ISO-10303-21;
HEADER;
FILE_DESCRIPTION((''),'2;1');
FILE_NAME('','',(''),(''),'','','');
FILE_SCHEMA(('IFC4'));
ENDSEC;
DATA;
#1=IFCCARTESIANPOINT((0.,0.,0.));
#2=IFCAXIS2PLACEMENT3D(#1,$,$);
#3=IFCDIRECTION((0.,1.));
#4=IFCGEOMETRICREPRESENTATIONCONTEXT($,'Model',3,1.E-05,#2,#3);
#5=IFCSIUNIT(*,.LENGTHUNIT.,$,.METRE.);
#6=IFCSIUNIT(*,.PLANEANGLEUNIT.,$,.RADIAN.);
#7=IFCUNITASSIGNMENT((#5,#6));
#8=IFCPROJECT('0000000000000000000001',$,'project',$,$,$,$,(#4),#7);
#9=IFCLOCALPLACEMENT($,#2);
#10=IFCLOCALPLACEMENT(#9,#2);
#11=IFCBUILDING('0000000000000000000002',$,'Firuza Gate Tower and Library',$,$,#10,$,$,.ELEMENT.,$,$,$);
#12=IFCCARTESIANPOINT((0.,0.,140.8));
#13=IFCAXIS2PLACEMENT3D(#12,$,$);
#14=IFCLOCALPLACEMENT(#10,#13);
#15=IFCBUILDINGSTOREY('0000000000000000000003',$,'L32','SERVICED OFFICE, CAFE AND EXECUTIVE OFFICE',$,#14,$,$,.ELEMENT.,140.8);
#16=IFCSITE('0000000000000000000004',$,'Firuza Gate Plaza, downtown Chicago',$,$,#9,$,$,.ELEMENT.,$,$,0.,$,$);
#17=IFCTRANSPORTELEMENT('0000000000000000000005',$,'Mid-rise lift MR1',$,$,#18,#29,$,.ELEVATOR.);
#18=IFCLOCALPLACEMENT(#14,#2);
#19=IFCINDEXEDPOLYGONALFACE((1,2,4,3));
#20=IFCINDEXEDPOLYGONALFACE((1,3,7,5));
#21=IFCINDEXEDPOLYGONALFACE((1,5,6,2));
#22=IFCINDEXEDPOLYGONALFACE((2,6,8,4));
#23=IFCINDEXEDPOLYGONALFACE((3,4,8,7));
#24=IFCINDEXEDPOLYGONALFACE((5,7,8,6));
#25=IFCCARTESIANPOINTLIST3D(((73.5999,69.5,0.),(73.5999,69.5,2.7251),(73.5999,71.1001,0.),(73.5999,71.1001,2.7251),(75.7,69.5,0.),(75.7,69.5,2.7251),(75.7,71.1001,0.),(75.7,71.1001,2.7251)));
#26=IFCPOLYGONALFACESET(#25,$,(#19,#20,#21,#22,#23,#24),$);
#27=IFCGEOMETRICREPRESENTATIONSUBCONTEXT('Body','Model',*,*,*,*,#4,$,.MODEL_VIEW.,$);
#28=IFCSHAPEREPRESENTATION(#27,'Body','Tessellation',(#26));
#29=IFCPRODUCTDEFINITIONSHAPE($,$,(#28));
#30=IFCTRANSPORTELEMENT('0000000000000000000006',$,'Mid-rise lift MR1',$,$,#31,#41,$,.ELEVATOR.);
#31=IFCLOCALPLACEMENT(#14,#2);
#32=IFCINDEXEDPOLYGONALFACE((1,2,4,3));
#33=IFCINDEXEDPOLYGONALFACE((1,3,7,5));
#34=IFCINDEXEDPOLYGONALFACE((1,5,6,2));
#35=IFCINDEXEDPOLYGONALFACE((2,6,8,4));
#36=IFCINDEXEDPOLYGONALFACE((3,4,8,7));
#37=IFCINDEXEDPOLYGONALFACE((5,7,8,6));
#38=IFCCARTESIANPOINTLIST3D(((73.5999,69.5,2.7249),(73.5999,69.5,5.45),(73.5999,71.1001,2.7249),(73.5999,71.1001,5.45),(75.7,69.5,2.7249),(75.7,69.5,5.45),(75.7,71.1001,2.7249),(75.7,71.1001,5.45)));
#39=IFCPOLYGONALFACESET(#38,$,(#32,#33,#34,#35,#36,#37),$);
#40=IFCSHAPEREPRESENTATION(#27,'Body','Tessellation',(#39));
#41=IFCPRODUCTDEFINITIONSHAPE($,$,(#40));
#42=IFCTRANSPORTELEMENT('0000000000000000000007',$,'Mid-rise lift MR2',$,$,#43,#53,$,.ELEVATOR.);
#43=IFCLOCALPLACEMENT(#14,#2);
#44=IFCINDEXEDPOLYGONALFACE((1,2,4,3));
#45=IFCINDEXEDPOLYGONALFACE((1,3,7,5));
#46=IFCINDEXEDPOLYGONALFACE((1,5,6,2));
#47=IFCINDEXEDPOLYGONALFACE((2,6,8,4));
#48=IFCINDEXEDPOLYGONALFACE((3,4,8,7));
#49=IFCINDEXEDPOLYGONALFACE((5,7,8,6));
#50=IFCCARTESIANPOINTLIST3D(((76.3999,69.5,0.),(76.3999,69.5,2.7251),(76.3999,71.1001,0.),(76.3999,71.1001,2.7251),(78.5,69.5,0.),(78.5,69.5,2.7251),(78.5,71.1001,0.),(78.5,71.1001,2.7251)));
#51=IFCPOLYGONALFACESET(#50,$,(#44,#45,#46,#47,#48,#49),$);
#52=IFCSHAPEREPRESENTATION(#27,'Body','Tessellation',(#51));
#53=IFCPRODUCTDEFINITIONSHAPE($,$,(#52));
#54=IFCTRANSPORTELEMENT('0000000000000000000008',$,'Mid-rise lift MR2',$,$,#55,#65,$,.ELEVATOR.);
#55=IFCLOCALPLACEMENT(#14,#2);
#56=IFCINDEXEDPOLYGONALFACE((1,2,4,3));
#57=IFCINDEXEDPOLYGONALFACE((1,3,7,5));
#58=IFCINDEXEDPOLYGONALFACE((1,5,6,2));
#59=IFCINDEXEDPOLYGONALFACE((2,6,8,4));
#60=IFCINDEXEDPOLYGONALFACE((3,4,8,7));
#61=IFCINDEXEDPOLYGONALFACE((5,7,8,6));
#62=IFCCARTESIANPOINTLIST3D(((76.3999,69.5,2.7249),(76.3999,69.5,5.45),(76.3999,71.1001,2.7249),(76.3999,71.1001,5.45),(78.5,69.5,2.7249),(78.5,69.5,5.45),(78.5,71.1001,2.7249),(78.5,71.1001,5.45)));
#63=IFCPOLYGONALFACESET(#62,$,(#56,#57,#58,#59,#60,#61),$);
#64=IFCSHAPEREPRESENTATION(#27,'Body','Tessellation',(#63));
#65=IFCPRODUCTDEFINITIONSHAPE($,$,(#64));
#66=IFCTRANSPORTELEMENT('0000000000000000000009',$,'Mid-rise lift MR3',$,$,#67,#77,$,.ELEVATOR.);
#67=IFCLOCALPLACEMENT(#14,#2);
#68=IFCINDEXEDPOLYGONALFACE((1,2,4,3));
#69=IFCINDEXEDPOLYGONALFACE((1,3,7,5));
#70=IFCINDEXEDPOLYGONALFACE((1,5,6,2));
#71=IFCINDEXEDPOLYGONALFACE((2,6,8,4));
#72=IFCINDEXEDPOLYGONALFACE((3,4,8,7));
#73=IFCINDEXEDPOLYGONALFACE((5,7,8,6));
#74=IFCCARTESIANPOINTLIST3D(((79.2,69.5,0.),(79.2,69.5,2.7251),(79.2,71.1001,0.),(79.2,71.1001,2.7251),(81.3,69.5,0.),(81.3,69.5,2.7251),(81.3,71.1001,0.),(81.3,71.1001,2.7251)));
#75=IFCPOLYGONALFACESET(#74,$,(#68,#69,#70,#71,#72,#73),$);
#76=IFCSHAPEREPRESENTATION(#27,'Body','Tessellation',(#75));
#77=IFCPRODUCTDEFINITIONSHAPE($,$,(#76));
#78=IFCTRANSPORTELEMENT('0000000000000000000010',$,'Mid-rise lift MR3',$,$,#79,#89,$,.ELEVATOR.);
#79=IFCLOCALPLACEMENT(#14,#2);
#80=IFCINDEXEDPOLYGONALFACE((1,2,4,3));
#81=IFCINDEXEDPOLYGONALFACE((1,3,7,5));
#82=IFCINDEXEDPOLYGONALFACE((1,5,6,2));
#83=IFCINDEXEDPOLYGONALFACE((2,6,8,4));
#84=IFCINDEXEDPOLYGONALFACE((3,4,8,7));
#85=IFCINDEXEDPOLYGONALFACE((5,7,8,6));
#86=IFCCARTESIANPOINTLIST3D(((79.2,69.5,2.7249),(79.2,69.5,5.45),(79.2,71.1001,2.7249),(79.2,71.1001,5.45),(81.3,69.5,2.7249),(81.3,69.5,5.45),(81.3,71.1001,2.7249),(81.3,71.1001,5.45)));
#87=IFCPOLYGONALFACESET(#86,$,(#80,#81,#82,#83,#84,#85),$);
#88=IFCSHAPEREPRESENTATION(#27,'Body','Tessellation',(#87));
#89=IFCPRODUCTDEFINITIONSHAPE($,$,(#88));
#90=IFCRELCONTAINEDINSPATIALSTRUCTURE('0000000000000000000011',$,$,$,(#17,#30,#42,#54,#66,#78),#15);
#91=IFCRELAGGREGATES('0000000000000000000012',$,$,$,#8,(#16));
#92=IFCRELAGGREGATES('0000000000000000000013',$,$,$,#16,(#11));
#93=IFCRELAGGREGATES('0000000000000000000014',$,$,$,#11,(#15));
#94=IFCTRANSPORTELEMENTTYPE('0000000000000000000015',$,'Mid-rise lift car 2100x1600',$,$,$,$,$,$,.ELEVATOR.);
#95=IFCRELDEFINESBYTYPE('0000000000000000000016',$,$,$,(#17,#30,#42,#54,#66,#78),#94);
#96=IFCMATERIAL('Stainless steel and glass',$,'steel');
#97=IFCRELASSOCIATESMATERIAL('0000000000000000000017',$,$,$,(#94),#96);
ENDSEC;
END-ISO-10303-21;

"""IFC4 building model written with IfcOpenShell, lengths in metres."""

from ifc_helpers import new_model, si_unit, direction, frame, origin, origin_2d, place, context, subcontext, project, spatial, rectangle, extrude, material, type_object, element, save


model = new_model("IFC4")

# Units and contexts
model_context = context("Model", 3, precision=1e-05, world=origin(), true_north=direction((0.0, 1.0)))
body_context = subcontext(model_context, "Body", "Model", "MODEL_VIEW")
ifc_project = project(units=[si_unit("LENGTHUNIT", "METRE"), si_unit("PLANEANGLEUNIT", "RADIAN")], contexts=[model_context])

# Site, building, storey
site_placement = place(None, origin())
site = spatial("IfcSite", under=ifc_project, at=site_placement, Name="Firuza Gate Plaza, downtown Chicago", CompositionType="ELEMENT", RefElevation=0.0)
building_placement = place(site_placement, origin())
building = spatial("IfcBuilding", under=site, at=building_placement, Name="Firuza Gate Tower and Library", CompositionType="ELEMENT")
storey_placement = place(building_placement, frame((0.0, 0.0, 140.8)))
storey = spatial("IfcBuildingStorey", under=building, at=storey_placement, Name="L32", Description="SERVICED OFFICE, CAFE AND EXECUTIVE OFFICE", CompositionType="ELEMENT", Elevation=140.8)

# Transport elements
ifc_material_1 = material(Name="Stainless steel and glass", Category="steel")
transport_element_type = type_object("IfcTransportElementType", Name="Mid-rise lift car 2100x1600", PredefinedType="ELEVATOR", material=ifc_material_1)
for number, where, z_axis, x_axis, name in (
    (1, (74.6499, 70.3, 0.0), (0.0, 0.0, 1.0), (1.0, 0.0, 0.0), "Mid-rise lift MR1"),
    (2, (74.6499, 70.3, 2.7249), (0.0, 0.0, 1.0), (1.0, 0.0, 0.0), "Mid-rise lift MR1"),
    (3, (77.45, 70.3, 0.0), (0.0, 0.0, 1.0), (1.0, 0.0, 0.0), "Mid-rise lift MR2"),
    (4, (77.45, 70.3, 2.7249), (0.0, 0.0, 1.0), (1.0, 0.0, 0.0), "Mid-rise lift MR2"),
    (5, (80.25, 70.3, 0.0), (0.0, 0.0, 1.0), (1.0, 0.0, 0.0), "Mid-rise lift MR3"),
    (6, (80.25, 70.3, 2.7249), (0.0, 0.0, 1.0), (1.0, 0.0, 0.0), "Mid-rise lift MR3"),
):
    element("IfcTransportElement", number, at=place(storey_placement, frame(where, z_axis=z_axis, x_axis=x_axis)), inside=storey, type_object=transport_element_type, Name=name, PredefinedType="ELEVATOR", context=body_context, shape_type="SweptSolid", body=[
        extrude(rectangle(XDim=2.1001, YDim=1.6001, at=origin_2d()), origin(), (0.0, 0.0, 1.0), 2.7251),
    ])

save(model, "model.ifc")
